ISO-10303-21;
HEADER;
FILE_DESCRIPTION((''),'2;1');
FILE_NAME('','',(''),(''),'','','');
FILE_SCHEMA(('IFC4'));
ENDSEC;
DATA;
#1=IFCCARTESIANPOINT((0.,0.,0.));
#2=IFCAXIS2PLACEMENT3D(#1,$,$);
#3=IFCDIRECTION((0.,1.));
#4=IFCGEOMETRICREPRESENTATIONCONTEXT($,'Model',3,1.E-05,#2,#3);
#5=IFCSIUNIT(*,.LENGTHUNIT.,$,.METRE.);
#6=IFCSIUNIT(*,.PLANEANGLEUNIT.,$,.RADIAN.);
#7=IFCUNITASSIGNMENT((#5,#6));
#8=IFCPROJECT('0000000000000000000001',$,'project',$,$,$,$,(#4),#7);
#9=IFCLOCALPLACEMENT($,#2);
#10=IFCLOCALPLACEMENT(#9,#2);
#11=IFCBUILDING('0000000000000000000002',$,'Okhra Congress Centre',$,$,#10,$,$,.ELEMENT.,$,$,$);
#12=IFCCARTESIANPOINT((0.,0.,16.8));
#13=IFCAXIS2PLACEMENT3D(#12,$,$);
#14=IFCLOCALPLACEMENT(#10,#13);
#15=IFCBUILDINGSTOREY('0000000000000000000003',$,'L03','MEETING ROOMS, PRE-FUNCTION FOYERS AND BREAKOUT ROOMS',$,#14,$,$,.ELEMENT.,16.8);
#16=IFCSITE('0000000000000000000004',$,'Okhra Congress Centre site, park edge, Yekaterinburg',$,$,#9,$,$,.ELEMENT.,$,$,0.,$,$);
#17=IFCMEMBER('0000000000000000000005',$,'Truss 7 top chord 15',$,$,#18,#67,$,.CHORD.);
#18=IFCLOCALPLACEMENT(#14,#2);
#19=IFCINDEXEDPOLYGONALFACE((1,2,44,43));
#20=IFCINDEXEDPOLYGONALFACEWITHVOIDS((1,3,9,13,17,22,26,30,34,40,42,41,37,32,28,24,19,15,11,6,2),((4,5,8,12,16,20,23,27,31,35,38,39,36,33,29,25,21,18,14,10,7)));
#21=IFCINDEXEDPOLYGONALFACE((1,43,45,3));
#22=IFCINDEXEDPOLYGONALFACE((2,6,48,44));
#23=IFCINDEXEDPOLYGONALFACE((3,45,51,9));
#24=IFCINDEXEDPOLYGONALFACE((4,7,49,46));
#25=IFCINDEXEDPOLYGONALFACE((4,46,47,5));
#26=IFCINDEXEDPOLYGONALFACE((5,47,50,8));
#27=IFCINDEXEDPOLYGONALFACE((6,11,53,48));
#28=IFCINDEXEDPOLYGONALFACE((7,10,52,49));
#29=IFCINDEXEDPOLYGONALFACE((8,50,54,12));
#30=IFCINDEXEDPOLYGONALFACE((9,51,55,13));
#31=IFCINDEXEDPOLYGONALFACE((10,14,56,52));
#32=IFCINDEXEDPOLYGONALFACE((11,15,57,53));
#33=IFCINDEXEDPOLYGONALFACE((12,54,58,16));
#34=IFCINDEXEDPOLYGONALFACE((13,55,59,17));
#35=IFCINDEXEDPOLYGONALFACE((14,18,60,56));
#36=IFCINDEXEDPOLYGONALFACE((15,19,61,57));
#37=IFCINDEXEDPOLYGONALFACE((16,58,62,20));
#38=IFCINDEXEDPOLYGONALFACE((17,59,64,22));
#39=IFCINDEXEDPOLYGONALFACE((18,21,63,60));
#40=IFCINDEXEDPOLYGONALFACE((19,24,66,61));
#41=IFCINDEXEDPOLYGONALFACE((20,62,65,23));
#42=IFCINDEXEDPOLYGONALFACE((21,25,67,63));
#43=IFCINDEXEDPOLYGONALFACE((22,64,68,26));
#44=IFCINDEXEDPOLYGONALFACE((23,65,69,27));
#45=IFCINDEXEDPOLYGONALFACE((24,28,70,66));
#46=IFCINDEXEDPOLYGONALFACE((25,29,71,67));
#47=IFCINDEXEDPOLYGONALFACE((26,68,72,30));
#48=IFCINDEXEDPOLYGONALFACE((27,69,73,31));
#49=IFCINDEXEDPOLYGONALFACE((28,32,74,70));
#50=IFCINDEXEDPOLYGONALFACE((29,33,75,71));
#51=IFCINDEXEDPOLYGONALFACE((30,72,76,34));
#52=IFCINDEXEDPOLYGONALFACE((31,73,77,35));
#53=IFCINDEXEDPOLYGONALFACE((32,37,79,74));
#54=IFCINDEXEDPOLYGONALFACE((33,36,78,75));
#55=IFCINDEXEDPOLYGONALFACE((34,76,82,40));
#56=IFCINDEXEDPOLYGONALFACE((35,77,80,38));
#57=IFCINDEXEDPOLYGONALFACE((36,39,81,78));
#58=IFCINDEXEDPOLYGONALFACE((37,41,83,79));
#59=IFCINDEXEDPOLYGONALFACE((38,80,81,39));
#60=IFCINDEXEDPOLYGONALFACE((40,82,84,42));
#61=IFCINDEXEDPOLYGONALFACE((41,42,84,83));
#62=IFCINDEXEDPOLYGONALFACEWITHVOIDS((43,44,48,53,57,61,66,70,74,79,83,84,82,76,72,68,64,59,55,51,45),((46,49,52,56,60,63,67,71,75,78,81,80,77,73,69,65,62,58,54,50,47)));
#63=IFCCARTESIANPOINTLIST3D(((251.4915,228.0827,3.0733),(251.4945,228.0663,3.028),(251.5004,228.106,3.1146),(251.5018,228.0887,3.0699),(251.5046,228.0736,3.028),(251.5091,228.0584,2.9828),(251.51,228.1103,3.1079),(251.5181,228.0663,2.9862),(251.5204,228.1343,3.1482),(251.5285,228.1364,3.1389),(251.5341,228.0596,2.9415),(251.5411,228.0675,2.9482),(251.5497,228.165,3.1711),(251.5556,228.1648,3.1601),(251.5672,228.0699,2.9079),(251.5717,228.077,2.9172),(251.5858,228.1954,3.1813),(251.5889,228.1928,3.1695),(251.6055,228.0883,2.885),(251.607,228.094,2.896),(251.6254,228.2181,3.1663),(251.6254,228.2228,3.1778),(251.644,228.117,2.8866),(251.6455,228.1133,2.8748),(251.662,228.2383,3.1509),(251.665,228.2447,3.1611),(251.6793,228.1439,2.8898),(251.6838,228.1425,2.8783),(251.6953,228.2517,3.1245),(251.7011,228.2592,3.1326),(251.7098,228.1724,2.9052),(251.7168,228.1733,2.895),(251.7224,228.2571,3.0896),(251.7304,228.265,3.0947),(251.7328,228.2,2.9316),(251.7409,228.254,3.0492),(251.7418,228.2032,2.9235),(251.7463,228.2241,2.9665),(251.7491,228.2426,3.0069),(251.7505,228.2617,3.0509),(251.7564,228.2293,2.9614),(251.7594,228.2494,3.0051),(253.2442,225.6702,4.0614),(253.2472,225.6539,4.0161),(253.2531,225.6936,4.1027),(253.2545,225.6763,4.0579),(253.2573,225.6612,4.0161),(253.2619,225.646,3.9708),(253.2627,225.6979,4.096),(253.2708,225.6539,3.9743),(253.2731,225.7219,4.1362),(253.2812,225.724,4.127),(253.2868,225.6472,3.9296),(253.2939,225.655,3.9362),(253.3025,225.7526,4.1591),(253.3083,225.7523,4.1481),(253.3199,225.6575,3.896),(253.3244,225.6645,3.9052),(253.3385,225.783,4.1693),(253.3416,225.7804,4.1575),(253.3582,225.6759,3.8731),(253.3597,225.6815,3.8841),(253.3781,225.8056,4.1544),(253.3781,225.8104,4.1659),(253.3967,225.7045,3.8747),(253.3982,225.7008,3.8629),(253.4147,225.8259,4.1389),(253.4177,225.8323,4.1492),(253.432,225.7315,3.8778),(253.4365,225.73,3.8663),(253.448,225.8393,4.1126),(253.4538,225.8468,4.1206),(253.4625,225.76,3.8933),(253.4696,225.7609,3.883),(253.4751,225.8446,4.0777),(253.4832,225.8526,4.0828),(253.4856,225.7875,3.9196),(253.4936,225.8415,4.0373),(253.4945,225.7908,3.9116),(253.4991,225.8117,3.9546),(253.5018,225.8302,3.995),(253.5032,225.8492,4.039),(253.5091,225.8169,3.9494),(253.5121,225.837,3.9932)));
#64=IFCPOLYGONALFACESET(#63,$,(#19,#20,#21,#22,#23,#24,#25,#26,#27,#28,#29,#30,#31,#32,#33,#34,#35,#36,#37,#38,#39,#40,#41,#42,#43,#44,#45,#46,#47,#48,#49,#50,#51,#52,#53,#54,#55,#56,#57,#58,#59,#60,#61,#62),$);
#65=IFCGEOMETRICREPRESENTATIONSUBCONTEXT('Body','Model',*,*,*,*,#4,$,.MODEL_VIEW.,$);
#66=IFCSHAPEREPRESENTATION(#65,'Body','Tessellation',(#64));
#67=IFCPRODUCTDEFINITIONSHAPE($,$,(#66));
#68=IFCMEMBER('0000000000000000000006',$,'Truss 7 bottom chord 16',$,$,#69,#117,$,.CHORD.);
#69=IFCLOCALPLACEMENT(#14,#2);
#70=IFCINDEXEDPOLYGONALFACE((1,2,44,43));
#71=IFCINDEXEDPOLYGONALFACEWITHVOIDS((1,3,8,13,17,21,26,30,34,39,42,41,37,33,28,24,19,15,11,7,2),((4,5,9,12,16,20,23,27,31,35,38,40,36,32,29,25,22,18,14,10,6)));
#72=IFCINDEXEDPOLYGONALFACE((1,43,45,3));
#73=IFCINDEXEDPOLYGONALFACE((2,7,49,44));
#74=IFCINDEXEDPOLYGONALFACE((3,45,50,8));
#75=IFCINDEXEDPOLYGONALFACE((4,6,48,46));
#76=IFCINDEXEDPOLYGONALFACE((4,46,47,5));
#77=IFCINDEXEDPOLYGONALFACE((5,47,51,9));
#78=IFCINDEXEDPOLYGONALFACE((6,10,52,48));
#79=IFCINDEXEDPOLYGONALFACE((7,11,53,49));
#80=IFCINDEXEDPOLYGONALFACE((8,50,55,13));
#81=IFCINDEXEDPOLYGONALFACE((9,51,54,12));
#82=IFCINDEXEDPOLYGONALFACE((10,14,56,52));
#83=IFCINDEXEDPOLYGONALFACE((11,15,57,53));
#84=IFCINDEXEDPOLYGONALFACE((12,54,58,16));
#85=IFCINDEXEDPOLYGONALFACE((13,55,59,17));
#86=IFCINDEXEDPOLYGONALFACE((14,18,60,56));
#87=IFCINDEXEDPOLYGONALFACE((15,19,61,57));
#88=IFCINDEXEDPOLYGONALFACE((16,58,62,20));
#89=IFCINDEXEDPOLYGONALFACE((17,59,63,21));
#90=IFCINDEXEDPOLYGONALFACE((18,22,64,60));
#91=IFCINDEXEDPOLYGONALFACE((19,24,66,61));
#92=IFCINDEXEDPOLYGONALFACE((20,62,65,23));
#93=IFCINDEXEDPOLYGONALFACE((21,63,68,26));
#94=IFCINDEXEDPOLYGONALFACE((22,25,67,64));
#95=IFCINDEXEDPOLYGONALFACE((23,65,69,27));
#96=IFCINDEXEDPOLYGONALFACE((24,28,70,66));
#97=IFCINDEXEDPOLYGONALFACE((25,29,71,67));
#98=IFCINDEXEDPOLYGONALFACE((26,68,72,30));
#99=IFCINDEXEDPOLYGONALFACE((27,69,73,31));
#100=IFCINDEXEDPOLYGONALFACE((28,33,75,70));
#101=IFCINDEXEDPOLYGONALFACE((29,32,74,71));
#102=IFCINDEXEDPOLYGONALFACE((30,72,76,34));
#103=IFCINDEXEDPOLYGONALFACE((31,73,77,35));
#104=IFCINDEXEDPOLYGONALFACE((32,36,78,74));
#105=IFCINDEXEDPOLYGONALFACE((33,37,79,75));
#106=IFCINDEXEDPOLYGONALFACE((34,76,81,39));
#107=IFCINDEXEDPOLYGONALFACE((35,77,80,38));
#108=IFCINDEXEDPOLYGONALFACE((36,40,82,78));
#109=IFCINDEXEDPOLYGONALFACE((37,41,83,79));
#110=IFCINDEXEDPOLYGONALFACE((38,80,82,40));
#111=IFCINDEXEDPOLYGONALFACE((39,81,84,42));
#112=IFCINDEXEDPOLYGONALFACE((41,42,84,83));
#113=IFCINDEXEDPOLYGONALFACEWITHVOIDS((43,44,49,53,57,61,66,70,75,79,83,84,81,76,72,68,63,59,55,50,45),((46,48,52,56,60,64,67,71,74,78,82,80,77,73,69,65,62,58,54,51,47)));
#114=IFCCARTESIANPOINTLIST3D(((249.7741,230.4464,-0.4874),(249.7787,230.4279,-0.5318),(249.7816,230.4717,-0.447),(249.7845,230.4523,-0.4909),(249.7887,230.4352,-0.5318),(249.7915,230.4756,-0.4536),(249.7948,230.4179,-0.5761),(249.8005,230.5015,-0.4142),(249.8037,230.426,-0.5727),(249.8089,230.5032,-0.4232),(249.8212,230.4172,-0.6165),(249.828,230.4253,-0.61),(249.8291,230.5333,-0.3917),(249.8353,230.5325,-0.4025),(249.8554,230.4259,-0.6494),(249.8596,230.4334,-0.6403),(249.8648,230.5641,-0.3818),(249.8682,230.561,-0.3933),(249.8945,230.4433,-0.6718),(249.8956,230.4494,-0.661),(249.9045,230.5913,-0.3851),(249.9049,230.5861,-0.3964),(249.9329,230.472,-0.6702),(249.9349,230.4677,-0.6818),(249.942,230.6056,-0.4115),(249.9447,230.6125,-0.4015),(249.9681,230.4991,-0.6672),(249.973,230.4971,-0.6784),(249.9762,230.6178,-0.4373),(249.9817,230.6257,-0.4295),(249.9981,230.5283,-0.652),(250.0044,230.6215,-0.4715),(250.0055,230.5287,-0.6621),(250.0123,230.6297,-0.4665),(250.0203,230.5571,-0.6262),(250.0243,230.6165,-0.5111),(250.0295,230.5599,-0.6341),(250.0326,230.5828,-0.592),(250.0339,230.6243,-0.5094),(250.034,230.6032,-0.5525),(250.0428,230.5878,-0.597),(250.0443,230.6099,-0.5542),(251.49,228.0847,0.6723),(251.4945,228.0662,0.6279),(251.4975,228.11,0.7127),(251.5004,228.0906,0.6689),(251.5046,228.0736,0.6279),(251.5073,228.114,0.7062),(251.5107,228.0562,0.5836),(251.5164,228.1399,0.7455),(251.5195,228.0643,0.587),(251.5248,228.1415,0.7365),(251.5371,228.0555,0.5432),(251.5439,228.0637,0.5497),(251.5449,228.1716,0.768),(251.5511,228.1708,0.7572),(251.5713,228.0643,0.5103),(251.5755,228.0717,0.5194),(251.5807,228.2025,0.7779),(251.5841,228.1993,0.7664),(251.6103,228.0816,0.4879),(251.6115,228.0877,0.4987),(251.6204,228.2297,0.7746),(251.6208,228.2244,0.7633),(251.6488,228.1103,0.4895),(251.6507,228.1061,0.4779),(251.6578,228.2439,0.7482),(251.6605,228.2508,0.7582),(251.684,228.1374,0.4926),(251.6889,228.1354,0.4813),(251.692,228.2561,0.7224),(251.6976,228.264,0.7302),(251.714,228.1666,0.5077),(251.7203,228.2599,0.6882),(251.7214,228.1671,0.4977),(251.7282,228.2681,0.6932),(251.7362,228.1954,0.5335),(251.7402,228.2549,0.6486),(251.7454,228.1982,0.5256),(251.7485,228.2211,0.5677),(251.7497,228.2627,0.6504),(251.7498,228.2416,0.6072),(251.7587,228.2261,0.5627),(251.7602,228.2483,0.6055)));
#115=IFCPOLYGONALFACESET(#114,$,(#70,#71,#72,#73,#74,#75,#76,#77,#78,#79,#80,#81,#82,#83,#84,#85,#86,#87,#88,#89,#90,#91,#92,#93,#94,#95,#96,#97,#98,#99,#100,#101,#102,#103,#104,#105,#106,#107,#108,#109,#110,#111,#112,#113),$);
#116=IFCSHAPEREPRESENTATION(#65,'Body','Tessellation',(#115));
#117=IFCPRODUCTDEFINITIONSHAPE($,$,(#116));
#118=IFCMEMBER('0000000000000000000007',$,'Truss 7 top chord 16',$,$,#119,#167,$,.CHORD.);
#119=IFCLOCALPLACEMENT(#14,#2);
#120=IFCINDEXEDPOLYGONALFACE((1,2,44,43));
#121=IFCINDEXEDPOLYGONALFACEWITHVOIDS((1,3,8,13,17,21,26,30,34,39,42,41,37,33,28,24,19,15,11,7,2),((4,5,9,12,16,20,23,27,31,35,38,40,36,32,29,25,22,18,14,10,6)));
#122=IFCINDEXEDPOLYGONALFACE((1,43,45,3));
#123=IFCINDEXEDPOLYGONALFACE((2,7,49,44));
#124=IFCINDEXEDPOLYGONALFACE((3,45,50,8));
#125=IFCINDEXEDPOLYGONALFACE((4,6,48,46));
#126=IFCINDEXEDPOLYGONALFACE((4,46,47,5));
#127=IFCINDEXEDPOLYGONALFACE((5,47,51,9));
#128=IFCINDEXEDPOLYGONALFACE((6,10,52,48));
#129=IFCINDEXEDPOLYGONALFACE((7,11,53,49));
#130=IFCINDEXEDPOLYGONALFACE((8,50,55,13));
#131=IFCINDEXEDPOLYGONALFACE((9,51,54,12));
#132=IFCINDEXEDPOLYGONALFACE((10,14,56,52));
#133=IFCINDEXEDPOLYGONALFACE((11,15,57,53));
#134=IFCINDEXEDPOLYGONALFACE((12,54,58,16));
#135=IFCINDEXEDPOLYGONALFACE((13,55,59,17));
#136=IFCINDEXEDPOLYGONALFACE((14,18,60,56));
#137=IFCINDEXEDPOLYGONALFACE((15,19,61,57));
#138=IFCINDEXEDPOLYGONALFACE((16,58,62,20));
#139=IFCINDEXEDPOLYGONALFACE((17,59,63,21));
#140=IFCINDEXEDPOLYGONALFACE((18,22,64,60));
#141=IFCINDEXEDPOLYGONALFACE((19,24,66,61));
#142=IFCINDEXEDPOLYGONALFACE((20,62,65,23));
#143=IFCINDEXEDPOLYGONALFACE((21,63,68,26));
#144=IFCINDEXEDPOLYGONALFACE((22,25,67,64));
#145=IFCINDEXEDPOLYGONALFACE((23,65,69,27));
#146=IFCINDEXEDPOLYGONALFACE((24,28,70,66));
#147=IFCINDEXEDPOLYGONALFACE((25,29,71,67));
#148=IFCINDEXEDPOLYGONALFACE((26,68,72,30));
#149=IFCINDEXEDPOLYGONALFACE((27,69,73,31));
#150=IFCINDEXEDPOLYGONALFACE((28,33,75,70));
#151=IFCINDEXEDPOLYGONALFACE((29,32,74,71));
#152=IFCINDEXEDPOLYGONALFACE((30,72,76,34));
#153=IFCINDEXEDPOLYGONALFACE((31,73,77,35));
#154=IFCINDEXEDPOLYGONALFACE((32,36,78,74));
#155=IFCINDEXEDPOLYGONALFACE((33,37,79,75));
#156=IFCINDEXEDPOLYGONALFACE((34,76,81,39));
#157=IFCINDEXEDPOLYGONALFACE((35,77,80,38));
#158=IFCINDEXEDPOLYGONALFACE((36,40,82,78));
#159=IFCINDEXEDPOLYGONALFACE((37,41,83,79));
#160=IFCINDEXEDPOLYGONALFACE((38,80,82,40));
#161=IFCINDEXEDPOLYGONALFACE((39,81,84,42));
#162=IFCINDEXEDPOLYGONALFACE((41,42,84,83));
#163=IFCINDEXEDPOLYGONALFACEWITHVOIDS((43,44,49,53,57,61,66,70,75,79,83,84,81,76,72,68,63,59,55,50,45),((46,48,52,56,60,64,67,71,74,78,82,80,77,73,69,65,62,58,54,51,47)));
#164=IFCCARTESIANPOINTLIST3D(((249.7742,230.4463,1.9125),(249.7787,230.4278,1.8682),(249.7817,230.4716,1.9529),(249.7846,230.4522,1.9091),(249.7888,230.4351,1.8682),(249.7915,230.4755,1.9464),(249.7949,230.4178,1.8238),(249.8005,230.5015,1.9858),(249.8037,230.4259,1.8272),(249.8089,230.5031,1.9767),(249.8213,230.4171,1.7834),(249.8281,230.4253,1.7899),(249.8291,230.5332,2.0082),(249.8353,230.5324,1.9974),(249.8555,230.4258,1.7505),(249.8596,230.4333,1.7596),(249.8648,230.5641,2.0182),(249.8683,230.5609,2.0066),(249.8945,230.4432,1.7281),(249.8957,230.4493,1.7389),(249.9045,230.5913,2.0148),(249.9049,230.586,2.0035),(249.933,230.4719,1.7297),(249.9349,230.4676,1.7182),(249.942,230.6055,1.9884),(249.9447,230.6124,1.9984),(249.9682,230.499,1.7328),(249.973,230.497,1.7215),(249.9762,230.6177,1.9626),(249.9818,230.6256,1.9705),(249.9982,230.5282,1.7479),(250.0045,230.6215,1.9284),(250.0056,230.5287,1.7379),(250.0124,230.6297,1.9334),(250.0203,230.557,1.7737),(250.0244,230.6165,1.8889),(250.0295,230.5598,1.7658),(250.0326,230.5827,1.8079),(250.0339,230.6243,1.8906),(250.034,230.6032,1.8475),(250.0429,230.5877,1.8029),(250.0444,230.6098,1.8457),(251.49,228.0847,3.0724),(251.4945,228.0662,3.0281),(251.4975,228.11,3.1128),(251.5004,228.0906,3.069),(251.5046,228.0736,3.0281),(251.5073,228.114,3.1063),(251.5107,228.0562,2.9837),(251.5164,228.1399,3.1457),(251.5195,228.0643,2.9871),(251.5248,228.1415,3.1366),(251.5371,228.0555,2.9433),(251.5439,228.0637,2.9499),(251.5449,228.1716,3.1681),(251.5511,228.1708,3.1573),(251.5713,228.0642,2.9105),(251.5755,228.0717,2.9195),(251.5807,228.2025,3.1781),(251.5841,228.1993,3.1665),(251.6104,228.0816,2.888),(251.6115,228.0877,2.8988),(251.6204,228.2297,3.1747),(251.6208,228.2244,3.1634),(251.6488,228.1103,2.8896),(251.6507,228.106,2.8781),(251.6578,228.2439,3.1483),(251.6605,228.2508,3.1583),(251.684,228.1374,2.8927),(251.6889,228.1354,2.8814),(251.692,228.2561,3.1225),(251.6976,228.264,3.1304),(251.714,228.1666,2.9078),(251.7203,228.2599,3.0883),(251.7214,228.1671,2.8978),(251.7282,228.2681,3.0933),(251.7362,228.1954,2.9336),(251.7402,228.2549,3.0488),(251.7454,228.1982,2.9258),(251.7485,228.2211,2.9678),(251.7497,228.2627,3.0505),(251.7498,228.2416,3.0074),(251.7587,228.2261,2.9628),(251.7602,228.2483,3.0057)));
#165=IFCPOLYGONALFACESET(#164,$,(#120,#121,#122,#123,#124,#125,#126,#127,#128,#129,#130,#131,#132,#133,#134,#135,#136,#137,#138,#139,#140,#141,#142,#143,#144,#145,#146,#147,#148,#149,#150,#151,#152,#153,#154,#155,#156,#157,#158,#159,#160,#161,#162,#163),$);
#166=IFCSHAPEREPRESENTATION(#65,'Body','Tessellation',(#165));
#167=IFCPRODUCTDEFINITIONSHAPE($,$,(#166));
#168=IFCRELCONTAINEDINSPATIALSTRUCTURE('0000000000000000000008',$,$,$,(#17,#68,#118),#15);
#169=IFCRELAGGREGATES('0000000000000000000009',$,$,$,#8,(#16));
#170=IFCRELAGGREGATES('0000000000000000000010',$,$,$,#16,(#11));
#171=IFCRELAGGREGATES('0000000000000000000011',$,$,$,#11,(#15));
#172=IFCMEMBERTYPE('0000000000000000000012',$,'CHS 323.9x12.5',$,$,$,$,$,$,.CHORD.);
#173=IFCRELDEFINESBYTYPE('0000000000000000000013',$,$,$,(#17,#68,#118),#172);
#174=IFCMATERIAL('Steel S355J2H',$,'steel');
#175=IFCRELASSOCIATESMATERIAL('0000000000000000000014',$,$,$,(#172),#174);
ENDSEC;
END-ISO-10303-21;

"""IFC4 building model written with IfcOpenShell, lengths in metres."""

from ifc_helpers import new_model, si_unit, direction, frame, origin, origin_2d, place, context, subcontext, project, spatial, hollow_circle, extrude, material, material_profile, profile_set, type_object, element, save


model = new_model("IFC4")

# Units and contexts
model_context = context("Model", 3, precision=1e-05, world=origin(), true_north=direction((0.0, 1.0)))
body_context = subcontext(model_context, "Body", "Model", "MODEL_VIEW")
ifc_project = project(units=[si_unit("LENGTHUNIT", "METRE"), si_unit("PLANEANGLEUNIT", "RADIAN")], contexts=[model_context])

# Site, building, storey
site_placement = place(None, origin())
site = spatial("IfcSite", under=ifc_project, at=site_placement, Name="Okhra Congress Centre site, park edge, Yekaterinburg", CompositionType="ELEMENT", RefElevation=0.0)
building_placement = place(site_placement, origin())
building = spatial("IfcBuilding", under=site, at=building_placement, Name="Okhra Congress Centre", CompositionType="ELEMENT")
storey_placement = place(building_placement, frame((0.0, 0.0, 16.8)))
storey = spatial("IfcBuildingStorey", under=building, at=storey_placement, Name="L03", Description="MEETING ROOMS, PRE-FUNCTION FOYERS AND BREAKOUT ROOMS", CompositionType="ELEMENT", Elevation=16.8)

# Members
ifc_material_1 = material(Name="Steel S355J2H", Category="steel")
ifc_material_profile_1 = material_profile(ifc_material_1, hollow_circle(Radius=0.1619, WallThickness=0.0125, at=origin_2d()), Name="CHS 323.9x12.5")
ifc_profile_set_1 = profile_set([ifc_material_profile_1], Name="Steel S355J2H")
member_type_1 = type_object("IfcMemberType", Name="CHS 323.9x12.5", PredefinedType="CHORD", material=ifc_profile_set_1)
for number, where, z_axis, x_axis, name in (
    (1, (253.3782, 225.749, 4.0161), (-0.557955, 0.767955, -0.314534), (-0.809016, -0.587787, 0.0), "Truss 7 top chord 15"),
):
    element("IfcMember", number, at=place(storey_placement, frame(where, z_axis=z_axis, x_axis=x_axis)), inside=storey, type_object=member_type_1, Name=name, PredefinedType="CHORD", context=body_context, shape_type="SweptSolid", body=[
        extrude(hollow_circle(Radius=0.1619, WallThickness=0.0125, at=origin_2d()), origin(), (0.0, 0.0, 1.0), 3.1414),
    ])
for number, where, z_axis, x_axis, name in (
    (2, (251.6255, 228.1614, 0.6279), (-0.546265, 0.751853, -0.369203), (-0.809011, -0.587794, 0.0), "Truss 7 bottom chord 16"),
    (3, (251.6255, 228.1614, 3.0281), (-0.54625, 0.751832, -0.36927), (-0.809011, -0.587794, 0.0), "Truss 7 top chord 16"),
):
    element("IfcMember", number, at=place(storey_placement, frame(where, z_axis=z_axis, x_axis=x_axis)), inside=storey, type_object=member_type_1, Name=name, PredefinedType="CHORD", context=body_context, shape_type="SweptSolid", body=[
        extrude(hollow_circle(Radius=0.1619, WallThickness=0.0125, at=origin_2d()), origin(), (0.0, 0.0, 1.0), 3.1411),
    ])

save(model, "model.ifc")
